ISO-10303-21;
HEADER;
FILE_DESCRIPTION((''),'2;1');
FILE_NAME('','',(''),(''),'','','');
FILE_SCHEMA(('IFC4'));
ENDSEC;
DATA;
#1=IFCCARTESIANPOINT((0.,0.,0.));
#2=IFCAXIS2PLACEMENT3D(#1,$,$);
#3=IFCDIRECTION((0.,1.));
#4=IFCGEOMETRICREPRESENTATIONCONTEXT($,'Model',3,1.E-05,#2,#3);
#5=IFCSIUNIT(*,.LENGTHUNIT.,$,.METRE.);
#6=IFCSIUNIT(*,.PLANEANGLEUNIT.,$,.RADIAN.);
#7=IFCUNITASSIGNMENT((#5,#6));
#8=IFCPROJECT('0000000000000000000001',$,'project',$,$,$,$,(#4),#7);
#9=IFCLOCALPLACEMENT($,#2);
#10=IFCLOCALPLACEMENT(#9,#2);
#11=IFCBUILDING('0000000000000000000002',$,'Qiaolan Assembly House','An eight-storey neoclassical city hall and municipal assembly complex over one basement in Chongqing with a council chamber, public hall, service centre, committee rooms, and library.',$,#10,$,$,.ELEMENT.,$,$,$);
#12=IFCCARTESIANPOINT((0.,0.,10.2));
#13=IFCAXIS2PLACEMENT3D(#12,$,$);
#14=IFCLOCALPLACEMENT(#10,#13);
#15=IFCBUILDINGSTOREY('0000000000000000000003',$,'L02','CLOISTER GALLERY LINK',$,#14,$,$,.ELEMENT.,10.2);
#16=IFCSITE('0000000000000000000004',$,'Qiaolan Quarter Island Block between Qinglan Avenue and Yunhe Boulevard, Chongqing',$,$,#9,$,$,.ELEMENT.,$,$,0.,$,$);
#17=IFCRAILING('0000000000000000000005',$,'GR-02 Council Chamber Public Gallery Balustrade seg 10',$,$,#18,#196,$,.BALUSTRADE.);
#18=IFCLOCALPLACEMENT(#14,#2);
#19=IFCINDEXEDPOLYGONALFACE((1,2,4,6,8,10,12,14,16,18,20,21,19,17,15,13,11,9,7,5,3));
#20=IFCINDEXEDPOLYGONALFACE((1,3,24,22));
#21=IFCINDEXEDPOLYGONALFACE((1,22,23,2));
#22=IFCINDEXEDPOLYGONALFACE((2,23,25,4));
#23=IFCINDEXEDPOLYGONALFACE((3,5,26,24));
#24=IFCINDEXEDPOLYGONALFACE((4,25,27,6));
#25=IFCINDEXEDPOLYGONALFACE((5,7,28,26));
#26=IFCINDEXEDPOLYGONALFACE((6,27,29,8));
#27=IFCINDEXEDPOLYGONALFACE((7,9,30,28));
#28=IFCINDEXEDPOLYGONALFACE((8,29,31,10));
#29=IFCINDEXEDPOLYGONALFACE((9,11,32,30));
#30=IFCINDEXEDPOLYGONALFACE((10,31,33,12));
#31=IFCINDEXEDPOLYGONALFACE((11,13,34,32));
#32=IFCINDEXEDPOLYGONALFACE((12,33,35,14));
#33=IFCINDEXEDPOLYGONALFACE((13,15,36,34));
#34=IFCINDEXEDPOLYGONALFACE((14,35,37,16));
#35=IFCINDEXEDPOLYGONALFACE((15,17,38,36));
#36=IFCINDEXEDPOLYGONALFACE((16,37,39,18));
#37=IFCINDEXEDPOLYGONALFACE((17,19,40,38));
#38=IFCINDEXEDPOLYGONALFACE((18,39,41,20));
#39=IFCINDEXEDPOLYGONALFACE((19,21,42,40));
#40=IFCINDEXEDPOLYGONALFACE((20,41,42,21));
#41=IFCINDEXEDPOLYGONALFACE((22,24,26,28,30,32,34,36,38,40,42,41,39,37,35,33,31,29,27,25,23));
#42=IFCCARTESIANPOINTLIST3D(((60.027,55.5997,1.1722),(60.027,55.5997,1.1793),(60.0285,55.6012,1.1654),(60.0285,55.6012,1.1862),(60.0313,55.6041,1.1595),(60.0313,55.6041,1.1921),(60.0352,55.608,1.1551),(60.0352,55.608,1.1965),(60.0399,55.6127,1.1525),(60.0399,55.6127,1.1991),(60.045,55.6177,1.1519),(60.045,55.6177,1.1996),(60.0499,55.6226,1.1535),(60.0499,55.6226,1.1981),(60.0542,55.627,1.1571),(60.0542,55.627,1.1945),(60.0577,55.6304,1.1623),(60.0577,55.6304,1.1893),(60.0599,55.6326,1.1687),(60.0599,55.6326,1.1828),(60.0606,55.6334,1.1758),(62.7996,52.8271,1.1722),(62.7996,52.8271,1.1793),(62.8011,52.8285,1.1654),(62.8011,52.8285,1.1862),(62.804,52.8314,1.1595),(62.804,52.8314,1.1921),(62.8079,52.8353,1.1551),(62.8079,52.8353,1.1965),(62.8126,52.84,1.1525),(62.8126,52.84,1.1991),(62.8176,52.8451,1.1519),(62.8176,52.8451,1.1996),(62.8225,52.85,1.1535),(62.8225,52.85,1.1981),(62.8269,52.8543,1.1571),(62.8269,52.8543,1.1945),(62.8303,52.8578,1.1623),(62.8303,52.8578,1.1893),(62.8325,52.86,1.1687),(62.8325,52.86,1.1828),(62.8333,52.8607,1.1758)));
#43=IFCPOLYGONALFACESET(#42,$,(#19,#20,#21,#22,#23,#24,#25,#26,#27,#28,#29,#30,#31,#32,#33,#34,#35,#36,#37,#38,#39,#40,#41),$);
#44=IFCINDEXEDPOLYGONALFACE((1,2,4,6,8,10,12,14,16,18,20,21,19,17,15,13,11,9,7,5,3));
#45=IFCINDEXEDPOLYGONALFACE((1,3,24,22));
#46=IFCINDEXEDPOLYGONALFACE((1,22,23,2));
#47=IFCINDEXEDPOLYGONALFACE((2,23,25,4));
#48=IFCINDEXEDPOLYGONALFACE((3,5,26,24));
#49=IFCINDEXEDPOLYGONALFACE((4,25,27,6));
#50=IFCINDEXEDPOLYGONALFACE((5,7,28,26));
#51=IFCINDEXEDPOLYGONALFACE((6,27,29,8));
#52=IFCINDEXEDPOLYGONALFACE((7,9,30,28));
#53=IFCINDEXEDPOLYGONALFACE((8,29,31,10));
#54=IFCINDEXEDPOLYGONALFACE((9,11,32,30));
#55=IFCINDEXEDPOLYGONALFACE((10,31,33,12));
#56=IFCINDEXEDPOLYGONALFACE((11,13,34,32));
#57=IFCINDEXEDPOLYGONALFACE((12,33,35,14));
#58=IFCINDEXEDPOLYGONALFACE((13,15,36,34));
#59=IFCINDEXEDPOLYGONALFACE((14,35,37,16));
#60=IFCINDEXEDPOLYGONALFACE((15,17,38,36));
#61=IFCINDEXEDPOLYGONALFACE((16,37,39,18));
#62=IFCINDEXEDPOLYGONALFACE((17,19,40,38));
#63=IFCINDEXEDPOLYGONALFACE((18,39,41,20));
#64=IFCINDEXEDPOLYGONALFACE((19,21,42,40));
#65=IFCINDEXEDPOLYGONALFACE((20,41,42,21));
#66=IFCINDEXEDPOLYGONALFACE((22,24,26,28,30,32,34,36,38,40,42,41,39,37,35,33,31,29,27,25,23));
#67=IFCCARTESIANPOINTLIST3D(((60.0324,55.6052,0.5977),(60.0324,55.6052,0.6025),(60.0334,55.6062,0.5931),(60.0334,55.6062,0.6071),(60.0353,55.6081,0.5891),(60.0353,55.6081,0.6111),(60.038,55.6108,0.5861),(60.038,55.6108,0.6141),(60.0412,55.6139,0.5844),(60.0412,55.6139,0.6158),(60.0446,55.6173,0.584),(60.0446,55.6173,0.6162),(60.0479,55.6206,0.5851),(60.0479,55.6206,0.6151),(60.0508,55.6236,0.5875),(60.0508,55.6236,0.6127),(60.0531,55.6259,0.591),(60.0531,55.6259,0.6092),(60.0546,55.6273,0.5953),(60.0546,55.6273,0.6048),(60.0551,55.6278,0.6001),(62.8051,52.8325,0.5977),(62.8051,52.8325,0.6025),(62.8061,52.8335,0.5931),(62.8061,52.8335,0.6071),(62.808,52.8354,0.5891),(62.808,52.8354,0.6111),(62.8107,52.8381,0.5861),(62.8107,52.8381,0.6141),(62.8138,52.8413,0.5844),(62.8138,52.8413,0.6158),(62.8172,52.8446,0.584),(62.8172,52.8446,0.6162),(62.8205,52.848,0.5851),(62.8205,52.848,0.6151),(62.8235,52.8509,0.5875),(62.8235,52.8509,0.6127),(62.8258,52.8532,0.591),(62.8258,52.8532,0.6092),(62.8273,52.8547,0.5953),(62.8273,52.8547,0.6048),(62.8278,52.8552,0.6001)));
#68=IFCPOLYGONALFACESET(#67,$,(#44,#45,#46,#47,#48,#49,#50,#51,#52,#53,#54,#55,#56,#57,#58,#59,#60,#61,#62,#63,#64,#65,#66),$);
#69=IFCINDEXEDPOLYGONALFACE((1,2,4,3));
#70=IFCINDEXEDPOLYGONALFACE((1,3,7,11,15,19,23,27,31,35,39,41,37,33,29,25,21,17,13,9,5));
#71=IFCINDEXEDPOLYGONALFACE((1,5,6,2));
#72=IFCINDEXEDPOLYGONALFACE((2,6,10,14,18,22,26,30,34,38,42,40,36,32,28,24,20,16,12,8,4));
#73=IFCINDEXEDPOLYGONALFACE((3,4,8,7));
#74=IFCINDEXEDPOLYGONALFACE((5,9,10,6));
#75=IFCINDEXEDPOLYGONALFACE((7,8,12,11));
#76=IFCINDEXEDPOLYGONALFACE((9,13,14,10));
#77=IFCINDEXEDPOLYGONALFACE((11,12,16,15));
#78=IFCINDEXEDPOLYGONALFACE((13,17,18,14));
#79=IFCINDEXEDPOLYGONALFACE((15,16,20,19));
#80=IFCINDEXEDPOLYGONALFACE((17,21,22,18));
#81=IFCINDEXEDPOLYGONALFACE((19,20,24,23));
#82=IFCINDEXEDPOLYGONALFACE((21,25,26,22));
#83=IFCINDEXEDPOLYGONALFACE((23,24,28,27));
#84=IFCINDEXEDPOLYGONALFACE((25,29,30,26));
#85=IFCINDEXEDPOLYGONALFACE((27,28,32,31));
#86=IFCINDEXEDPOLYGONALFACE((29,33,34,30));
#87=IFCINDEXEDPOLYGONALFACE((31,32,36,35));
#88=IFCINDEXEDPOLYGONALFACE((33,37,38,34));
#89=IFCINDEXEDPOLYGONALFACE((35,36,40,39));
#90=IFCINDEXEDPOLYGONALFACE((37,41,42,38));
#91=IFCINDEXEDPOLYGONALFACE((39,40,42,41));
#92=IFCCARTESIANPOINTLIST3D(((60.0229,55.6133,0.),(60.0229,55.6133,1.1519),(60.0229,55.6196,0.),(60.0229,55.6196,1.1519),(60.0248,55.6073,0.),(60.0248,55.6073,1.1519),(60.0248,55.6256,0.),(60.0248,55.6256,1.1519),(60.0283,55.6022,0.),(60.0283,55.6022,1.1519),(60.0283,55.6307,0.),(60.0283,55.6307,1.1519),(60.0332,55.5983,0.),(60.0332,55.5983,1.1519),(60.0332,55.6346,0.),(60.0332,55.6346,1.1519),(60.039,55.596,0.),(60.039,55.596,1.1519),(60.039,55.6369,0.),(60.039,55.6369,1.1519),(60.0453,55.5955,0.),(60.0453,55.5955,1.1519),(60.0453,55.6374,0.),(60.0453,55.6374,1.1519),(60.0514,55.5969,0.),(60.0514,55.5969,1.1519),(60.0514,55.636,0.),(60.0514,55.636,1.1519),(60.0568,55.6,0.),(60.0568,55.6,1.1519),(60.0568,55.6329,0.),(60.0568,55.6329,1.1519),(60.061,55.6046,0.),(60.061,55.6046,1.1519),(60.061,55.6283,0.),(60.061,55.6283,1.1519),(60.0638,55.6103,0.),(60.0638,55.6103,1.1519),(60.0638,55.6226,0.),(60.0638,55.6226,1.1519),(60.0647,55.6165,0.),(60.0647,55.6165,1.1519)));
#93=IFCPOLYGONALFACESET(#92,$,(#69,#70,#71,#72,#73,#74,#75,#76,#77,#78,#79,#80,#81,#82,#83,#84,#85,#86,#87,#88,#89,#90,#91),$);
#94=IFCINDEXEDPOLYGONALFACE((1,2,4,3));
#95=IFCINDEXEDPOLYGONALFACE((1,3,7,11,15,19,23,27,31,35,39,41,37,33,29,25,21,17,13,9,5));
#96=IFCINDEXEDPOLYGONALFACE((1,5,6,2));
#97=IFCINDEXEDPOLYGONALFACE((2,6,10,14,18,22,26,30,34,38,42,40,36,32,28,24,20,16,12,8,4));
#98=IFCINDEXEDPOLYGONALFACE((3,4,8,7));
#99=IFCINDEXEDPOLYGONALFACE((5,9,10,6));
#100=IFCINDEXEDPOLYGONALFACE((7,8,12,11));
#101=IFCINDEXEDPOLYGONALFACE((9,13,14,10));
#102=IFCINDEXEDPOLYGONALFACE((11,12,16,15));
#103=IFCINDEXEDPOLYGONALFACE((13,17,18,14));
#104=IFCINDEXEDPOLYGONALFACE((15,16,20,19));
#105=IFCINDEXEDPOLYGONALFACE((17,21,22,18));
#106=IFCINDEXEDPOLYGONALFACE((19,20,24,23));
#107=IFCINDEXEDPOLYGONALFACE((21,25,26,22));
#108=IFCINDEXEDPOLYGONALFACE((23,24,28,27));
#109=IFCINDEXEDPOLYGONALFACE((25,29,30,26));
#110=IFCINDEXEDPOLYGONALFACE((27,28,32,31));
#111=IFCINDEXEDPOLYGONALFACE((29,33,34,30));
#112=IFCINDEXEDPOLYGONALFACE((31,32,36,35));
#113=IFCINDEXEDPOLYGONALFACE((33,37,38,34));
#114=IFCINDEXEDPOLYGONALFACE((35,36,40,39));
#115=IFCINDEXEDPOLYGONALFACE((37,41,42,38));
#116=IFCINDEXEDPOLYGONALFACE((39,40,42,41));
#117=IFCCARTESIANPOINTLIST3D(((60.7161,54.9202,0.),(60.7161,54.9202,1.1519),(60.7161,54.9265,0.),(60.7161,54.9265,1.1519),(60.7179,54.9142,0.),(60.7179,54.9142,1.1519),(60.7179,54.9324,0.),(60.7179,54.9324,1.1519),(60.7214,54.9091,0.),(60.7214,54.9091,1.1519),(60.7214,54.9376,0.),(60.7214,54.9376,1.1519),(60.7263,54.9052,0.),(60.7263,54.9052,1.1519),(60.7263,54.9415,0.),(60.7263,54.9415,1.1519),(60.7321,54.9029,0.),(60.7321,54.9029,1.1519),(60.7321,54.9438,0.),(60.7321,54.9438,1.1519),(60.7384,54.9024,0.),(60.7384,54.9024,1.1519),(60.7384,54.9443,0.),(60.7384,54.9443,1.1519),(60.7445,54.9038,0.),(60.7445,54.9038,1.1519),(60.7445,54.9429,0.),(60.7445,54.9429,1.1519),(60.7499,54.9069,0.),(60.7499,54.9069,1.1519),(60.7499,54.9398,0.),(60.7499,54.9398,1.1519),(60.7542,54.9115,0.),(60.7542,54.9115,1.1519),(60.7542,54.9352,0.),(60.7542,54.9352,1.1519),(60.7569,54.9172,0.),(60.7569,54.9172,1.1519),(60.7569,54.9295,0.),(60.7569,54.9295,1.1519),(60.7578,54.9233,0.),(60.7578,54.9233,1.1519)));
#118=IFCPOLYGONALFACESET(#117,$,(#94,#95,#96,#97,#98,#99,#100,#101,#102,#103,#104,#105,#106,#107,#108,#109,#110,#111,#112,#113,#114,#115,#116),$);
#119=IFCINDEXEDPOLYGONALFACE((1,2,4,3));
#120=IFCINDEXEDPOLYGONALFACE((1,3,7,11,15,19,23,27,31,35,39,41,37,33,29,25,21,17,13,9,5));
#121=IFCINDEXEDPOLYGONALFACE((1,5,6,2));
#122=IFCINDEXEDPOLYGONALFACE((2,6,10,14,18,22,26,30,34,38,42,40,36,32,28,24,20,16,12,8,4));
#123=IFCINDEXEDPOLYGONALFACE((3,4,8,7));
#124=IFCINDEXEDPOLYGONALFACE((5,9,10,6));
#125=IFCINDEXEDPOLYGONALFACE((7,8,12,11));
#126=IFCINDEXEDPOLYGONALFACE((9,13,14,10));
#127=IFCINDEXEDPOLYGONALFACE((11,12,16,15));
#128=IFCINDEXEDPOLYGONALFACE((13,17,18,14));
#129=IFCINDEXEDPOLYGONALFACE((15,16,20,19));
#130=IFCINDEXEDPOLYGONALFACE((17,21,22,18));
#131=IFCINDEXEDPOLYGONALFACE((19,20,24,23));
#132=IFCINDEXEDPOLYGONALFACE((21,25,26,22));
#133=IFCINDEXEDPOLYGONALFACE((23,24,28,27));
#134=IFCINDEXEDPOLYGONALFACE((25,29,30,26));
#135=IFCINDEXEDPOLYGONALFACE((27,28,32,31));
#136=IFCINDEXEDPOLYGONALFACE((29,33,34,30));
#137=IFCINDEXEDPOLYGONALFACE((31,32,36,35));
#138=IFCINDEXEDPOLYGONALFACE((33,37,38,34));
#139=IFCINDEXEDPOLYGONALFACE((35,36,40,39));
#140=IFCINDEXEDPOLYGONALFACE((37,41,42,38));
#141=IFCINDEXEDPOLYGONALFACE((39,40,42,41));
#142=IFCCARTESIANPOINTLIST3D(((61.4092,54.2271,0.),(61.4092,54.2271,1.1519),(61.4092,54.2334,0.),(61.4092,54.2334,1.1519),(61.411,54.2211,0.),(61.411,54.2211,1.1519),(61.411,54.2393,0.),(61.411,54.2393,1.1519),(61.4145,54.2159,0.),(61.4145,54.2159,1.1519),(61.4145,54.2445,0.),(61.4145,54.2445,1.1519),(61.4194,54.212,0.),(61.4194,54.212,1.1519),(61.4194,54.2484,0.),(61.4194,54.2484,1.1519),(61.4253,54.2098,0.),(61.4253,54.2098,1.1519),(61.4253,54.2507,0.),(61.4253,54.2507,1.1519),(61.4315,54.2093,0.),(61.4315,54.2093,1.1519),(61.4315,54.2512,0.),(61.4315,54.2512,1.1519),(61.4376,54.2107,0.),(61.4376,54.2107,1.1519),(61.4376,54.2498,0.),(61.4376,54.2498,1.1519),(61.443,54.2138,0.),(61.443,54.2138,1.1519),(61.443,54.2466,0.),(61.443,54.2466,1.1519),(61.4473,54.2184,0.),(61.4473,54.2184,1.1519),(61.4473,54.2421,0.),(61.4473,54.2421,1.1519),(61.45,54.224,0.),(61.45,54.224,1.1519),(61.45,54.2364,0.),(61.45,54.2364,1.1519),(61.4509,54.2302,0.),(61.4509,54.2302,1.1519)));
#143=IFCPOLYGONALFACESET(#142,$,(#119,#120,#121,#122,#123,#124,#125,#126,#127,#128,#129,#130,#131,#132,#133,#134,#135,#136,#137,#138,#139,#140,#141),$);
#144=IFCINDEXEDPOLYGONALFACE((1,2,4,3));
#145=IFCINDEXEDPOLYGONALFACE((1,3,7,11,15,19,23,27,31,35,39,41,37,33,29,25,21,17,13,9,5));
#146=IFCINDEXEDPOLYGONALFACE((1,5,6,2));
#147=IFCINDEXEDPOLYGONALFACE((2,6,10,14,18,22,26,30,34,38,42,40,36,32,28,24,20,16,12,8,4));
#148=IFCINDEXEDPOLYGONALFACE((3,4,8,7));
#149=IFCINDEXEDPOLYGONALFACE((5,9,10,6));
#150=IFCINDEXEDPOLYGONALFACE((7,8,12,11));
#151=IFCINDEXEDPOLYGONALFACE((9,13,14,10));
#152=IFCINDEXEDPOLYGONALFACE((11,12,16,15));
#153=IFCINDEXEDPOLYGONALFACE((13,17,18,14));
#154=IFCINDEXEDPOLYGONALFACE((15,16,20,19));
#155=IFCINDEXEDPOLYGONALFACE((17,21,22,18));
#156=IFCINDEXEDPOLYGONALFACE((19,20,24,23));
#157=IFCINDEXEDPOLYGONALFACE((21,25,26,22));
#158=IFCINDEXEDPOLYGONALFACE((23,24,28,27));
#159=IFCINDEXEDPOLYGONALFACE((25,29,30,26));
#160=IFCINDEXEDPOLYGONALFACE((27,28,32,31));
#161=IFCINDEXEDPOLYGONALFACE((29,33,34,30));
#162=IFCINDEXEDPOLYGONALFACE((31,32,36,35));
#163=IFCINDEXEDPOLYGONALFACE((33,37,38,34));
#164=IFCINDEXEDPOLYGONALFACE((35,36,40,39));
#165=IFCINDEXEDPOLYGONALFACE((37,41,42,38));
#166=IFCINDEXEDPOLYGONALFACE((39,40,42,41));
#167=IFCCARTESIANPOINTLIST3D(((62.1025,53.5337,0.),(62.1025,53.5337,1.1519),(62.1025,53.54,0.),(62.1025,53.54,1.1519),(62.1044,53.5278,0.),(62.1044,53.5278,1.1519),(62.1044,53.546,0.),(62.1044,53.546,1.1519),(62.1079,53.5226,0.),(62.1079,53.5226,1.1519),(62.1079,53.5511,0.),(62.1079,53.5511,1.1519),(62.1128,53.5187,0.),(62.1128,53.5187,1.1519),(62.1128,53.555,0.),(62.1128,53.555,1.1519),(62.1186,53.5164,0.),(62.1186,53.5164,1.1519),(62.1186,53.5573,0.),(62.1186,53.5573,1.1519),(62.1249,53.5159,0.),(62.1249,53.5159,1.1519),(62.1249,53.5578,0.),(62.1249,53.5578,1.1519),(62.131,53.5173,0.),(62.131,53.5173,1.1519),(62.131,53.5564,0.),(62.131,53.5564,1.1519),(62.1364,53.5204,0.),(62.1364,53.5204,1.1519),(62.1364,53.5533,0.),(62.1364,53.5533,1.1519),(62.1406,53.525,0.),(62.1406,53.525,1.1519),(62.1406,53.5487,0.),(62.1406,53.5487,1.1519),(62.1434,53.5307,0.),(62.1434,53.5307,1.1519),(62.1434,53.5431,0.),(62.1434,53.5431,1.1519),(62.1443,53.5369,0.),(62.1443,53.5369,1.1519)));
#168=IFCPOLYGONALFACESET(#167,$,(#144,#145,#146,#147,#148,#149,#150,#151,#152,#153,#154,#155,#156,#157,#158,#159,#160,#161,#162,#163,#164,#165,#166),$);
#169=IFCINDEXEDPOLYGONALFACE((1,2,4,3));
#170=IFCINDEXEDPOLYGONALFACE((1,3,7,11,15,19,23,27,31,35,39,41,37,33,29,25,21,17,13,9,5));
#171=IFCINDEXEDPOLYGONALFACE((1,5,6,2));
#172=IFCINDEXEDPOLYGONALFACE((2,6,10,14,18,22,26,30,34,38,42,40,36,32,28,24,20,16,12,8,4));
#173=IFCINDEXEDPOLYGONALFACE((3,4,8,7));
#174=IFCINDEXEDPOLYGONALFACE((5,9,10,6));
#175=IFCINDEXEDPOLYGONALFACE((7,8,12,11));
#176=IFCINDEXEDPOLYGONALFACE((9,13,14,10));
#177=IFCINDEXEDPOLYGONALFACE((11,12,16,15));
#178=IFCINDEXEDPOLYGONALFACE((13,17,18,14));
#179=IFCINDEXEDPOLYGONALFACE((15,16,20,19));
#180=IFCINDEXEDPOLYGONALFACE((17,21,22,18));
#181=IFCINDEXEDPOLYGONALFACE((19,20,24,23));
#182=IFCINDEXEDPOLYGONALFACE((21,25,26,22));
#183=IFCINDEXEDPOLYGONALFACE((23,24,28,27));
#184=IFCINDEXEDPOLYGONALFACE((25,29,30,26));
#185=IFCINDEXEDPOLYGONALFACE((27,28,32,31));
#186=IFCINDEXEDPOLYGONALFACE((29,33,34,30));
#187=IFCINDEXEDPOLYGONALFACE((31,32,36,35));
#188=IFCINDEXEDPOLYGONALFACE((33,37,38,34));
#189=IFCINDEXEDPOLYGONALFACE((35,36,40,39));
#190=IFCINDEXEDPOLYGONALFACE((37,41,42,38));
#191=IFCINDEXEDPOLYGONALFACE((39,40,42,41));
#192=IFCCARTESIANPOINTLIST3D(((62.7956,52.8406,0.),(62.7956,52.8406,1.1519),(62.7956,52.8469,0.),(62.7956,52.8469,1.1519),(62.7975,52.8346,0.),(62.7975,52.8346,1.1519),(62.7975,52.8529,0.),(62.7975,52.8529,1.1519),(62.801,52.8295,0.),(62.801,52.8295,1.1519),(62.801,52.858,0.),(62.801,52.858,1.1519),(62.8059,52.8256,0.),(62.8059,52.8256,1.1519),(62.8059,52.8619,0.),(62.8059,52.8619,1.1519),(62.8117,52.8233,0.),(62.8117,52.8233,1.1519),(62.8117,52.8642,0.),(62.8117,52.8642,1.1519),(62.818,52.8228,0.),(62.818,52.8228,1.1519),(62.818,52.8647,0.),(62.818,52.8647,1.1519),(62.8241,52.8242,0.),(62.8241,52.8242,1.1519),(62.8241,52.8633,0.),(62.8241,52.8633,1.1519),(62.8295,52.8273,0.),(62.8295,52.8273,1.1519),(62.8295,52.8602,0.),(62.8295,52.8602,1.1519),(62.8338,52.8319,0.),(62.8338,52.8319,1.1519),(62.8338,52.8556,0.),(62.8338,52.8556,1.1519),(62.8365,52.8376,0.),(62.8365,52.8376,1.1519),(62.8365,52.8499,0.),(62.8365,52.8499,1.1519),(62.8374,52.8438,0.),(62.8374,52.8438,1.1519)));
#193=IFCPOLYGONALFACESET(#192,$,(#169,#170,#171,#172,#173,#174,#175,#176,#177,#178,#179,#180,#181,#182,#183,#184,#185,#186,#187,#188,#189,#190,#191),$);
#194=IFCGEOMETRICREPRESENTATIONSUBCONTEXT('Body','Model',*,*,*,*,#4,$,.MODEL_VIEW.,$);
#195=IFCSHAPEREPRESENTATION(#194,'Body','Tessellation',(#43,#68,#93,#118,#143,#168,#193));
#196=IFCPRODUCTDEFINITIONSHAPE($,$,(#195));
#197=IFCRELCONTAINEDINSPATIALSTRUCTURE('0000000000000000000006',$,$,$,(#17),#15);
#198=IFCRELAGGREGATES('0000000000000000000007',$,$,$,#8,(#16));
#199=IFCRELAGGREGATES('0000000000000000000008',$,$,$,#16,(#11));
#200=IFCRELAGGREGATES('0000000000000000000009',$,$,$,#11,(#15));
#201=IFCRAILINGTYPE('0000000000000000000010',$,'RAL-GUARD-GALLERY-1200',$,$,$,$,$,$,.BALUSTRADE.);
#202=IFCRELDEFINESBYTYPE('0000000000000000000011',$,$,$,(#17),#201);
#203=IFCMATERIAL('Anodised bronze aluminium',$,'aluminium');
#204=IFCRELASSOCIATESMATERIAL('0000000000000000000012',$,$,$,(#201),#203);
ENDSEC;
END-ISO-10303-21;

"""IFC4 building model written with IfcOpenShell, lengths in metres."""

from ifc_helpers import new_model, si_unit, direction, frame, origin, origin_2d, place, context, subcontext, project, spatial, circle, extrude, material, type_object, element, save


model = new_model("IFC4")

# Units and contexts
model_context = context("Model", 3, precision=1e-05, world=origin(), true_north=direction((0.0, 1.0)))
body_context = subcontext(model_context, "Body", "Model", "MODEL_VIEW")
ifc_project = project(units=[si_unit("LENGTHUNIT", "METRE"), si_unit("PLANEANGLEUNIT", "RADIAN")], contexts=[model_context])

# Site, building, storey
site_placement = place(None, origin())
site = spatial("IfcSite", under=ifc_project, at=site_placement, Name="Qiaolan Quarter Island Block between Qinglan Avenue and Yunhe Boulevard, Chongqing", CompositionType="ELEMENT", RefElevation=0.0)
building_placement = place(site_placement, origin())
building = spatial("IfcBuilding", under=site, at=building_placement, Name="Qiaolan Assembly House", Description="An eight-storey neoclassical city hall and municipal assembly complex over one basement in Chongqing with a council chamber, public hall, service centre, committee rooms, and library.", CompositionType="ELEMENT")
storey_placement = place(building_placement, frame((0.0, 0.0, 10.2)))
storey = spatial("IfcBuildingStorey", under=building, at=storey_placement, Name="L02", Description="CLOISTER GALLERY LINK", CompositionType="ELEMENT", Elevation=10.2)

# Railing
ifc_material_1 = material(Name="Anodised bronze aluminium", Category="aluminium")
railing_type = type_object("IfcRailingType", Name="RAL-GUARD-GALLERY-1200", PredefinedType="BALUSTRADE", material=ifc_material_1)
railing_1_placement = place(storey_placement, frame((60.0437, 55.6165, 0.0)))
element("IfcRailing", 1, at=railing_1_placement, inside=storey, type_object=railing_type, Name="GR-02 Council Chamber Public Gallery Balustrade seg 10", PredefinedType="BALUSTRADE", context=body_context, shape_type="SweptSolid", body=[
    extrude(circle(Radius=0.0239, at=origin_2d()), frame((0.0, 0.0, 1.1758), z_axis=(0.707107, -0.707107, 0.0), x_axis=(0.707107, 0.707107, 0.0)), (0.0, 0.0, 1.0), 3.9211),
    extrude(circle(Radius=0.0161, at=origin_2d()), frame((0.0, 0.0, 0.6001), z_axis=(0.707107, -0.707107, 0.0), x_axis=(0.707107, 0.707107, 0.0)), (0.0, 0.0, 1.0), 3.9211),
    extrude(circle(Radius=0.021, at=origin_2d()), origin(), (0.0, 0.0, 1.0), 1.1519),
    extrude(circle(Radius=0.021, at=origin_2d()), frame((0.6931, -0.6931, 0.0)), (0.0, 0.0, 1.0), 1.1519),
    extrude(circle(Radius=0.021, at=origin_2d()), frame((1.3862, -1.3862, 0.0)), (0.0, 0.0, 1.0), 1.1519),
    extrude(circle(Radius=0.021, at=origin_2d()), frame((2.0796, -2.0796, 0.0)), (0.0, 0.0, 1.0), 1.1519),
    extrude(circle(Radius=0.021, at=origin_2d()), frame((2.7727, -2.7727, 0.0)), (0.0, 0.0, 1.0), 1.1519),
])

save(model, "model.ifc")
